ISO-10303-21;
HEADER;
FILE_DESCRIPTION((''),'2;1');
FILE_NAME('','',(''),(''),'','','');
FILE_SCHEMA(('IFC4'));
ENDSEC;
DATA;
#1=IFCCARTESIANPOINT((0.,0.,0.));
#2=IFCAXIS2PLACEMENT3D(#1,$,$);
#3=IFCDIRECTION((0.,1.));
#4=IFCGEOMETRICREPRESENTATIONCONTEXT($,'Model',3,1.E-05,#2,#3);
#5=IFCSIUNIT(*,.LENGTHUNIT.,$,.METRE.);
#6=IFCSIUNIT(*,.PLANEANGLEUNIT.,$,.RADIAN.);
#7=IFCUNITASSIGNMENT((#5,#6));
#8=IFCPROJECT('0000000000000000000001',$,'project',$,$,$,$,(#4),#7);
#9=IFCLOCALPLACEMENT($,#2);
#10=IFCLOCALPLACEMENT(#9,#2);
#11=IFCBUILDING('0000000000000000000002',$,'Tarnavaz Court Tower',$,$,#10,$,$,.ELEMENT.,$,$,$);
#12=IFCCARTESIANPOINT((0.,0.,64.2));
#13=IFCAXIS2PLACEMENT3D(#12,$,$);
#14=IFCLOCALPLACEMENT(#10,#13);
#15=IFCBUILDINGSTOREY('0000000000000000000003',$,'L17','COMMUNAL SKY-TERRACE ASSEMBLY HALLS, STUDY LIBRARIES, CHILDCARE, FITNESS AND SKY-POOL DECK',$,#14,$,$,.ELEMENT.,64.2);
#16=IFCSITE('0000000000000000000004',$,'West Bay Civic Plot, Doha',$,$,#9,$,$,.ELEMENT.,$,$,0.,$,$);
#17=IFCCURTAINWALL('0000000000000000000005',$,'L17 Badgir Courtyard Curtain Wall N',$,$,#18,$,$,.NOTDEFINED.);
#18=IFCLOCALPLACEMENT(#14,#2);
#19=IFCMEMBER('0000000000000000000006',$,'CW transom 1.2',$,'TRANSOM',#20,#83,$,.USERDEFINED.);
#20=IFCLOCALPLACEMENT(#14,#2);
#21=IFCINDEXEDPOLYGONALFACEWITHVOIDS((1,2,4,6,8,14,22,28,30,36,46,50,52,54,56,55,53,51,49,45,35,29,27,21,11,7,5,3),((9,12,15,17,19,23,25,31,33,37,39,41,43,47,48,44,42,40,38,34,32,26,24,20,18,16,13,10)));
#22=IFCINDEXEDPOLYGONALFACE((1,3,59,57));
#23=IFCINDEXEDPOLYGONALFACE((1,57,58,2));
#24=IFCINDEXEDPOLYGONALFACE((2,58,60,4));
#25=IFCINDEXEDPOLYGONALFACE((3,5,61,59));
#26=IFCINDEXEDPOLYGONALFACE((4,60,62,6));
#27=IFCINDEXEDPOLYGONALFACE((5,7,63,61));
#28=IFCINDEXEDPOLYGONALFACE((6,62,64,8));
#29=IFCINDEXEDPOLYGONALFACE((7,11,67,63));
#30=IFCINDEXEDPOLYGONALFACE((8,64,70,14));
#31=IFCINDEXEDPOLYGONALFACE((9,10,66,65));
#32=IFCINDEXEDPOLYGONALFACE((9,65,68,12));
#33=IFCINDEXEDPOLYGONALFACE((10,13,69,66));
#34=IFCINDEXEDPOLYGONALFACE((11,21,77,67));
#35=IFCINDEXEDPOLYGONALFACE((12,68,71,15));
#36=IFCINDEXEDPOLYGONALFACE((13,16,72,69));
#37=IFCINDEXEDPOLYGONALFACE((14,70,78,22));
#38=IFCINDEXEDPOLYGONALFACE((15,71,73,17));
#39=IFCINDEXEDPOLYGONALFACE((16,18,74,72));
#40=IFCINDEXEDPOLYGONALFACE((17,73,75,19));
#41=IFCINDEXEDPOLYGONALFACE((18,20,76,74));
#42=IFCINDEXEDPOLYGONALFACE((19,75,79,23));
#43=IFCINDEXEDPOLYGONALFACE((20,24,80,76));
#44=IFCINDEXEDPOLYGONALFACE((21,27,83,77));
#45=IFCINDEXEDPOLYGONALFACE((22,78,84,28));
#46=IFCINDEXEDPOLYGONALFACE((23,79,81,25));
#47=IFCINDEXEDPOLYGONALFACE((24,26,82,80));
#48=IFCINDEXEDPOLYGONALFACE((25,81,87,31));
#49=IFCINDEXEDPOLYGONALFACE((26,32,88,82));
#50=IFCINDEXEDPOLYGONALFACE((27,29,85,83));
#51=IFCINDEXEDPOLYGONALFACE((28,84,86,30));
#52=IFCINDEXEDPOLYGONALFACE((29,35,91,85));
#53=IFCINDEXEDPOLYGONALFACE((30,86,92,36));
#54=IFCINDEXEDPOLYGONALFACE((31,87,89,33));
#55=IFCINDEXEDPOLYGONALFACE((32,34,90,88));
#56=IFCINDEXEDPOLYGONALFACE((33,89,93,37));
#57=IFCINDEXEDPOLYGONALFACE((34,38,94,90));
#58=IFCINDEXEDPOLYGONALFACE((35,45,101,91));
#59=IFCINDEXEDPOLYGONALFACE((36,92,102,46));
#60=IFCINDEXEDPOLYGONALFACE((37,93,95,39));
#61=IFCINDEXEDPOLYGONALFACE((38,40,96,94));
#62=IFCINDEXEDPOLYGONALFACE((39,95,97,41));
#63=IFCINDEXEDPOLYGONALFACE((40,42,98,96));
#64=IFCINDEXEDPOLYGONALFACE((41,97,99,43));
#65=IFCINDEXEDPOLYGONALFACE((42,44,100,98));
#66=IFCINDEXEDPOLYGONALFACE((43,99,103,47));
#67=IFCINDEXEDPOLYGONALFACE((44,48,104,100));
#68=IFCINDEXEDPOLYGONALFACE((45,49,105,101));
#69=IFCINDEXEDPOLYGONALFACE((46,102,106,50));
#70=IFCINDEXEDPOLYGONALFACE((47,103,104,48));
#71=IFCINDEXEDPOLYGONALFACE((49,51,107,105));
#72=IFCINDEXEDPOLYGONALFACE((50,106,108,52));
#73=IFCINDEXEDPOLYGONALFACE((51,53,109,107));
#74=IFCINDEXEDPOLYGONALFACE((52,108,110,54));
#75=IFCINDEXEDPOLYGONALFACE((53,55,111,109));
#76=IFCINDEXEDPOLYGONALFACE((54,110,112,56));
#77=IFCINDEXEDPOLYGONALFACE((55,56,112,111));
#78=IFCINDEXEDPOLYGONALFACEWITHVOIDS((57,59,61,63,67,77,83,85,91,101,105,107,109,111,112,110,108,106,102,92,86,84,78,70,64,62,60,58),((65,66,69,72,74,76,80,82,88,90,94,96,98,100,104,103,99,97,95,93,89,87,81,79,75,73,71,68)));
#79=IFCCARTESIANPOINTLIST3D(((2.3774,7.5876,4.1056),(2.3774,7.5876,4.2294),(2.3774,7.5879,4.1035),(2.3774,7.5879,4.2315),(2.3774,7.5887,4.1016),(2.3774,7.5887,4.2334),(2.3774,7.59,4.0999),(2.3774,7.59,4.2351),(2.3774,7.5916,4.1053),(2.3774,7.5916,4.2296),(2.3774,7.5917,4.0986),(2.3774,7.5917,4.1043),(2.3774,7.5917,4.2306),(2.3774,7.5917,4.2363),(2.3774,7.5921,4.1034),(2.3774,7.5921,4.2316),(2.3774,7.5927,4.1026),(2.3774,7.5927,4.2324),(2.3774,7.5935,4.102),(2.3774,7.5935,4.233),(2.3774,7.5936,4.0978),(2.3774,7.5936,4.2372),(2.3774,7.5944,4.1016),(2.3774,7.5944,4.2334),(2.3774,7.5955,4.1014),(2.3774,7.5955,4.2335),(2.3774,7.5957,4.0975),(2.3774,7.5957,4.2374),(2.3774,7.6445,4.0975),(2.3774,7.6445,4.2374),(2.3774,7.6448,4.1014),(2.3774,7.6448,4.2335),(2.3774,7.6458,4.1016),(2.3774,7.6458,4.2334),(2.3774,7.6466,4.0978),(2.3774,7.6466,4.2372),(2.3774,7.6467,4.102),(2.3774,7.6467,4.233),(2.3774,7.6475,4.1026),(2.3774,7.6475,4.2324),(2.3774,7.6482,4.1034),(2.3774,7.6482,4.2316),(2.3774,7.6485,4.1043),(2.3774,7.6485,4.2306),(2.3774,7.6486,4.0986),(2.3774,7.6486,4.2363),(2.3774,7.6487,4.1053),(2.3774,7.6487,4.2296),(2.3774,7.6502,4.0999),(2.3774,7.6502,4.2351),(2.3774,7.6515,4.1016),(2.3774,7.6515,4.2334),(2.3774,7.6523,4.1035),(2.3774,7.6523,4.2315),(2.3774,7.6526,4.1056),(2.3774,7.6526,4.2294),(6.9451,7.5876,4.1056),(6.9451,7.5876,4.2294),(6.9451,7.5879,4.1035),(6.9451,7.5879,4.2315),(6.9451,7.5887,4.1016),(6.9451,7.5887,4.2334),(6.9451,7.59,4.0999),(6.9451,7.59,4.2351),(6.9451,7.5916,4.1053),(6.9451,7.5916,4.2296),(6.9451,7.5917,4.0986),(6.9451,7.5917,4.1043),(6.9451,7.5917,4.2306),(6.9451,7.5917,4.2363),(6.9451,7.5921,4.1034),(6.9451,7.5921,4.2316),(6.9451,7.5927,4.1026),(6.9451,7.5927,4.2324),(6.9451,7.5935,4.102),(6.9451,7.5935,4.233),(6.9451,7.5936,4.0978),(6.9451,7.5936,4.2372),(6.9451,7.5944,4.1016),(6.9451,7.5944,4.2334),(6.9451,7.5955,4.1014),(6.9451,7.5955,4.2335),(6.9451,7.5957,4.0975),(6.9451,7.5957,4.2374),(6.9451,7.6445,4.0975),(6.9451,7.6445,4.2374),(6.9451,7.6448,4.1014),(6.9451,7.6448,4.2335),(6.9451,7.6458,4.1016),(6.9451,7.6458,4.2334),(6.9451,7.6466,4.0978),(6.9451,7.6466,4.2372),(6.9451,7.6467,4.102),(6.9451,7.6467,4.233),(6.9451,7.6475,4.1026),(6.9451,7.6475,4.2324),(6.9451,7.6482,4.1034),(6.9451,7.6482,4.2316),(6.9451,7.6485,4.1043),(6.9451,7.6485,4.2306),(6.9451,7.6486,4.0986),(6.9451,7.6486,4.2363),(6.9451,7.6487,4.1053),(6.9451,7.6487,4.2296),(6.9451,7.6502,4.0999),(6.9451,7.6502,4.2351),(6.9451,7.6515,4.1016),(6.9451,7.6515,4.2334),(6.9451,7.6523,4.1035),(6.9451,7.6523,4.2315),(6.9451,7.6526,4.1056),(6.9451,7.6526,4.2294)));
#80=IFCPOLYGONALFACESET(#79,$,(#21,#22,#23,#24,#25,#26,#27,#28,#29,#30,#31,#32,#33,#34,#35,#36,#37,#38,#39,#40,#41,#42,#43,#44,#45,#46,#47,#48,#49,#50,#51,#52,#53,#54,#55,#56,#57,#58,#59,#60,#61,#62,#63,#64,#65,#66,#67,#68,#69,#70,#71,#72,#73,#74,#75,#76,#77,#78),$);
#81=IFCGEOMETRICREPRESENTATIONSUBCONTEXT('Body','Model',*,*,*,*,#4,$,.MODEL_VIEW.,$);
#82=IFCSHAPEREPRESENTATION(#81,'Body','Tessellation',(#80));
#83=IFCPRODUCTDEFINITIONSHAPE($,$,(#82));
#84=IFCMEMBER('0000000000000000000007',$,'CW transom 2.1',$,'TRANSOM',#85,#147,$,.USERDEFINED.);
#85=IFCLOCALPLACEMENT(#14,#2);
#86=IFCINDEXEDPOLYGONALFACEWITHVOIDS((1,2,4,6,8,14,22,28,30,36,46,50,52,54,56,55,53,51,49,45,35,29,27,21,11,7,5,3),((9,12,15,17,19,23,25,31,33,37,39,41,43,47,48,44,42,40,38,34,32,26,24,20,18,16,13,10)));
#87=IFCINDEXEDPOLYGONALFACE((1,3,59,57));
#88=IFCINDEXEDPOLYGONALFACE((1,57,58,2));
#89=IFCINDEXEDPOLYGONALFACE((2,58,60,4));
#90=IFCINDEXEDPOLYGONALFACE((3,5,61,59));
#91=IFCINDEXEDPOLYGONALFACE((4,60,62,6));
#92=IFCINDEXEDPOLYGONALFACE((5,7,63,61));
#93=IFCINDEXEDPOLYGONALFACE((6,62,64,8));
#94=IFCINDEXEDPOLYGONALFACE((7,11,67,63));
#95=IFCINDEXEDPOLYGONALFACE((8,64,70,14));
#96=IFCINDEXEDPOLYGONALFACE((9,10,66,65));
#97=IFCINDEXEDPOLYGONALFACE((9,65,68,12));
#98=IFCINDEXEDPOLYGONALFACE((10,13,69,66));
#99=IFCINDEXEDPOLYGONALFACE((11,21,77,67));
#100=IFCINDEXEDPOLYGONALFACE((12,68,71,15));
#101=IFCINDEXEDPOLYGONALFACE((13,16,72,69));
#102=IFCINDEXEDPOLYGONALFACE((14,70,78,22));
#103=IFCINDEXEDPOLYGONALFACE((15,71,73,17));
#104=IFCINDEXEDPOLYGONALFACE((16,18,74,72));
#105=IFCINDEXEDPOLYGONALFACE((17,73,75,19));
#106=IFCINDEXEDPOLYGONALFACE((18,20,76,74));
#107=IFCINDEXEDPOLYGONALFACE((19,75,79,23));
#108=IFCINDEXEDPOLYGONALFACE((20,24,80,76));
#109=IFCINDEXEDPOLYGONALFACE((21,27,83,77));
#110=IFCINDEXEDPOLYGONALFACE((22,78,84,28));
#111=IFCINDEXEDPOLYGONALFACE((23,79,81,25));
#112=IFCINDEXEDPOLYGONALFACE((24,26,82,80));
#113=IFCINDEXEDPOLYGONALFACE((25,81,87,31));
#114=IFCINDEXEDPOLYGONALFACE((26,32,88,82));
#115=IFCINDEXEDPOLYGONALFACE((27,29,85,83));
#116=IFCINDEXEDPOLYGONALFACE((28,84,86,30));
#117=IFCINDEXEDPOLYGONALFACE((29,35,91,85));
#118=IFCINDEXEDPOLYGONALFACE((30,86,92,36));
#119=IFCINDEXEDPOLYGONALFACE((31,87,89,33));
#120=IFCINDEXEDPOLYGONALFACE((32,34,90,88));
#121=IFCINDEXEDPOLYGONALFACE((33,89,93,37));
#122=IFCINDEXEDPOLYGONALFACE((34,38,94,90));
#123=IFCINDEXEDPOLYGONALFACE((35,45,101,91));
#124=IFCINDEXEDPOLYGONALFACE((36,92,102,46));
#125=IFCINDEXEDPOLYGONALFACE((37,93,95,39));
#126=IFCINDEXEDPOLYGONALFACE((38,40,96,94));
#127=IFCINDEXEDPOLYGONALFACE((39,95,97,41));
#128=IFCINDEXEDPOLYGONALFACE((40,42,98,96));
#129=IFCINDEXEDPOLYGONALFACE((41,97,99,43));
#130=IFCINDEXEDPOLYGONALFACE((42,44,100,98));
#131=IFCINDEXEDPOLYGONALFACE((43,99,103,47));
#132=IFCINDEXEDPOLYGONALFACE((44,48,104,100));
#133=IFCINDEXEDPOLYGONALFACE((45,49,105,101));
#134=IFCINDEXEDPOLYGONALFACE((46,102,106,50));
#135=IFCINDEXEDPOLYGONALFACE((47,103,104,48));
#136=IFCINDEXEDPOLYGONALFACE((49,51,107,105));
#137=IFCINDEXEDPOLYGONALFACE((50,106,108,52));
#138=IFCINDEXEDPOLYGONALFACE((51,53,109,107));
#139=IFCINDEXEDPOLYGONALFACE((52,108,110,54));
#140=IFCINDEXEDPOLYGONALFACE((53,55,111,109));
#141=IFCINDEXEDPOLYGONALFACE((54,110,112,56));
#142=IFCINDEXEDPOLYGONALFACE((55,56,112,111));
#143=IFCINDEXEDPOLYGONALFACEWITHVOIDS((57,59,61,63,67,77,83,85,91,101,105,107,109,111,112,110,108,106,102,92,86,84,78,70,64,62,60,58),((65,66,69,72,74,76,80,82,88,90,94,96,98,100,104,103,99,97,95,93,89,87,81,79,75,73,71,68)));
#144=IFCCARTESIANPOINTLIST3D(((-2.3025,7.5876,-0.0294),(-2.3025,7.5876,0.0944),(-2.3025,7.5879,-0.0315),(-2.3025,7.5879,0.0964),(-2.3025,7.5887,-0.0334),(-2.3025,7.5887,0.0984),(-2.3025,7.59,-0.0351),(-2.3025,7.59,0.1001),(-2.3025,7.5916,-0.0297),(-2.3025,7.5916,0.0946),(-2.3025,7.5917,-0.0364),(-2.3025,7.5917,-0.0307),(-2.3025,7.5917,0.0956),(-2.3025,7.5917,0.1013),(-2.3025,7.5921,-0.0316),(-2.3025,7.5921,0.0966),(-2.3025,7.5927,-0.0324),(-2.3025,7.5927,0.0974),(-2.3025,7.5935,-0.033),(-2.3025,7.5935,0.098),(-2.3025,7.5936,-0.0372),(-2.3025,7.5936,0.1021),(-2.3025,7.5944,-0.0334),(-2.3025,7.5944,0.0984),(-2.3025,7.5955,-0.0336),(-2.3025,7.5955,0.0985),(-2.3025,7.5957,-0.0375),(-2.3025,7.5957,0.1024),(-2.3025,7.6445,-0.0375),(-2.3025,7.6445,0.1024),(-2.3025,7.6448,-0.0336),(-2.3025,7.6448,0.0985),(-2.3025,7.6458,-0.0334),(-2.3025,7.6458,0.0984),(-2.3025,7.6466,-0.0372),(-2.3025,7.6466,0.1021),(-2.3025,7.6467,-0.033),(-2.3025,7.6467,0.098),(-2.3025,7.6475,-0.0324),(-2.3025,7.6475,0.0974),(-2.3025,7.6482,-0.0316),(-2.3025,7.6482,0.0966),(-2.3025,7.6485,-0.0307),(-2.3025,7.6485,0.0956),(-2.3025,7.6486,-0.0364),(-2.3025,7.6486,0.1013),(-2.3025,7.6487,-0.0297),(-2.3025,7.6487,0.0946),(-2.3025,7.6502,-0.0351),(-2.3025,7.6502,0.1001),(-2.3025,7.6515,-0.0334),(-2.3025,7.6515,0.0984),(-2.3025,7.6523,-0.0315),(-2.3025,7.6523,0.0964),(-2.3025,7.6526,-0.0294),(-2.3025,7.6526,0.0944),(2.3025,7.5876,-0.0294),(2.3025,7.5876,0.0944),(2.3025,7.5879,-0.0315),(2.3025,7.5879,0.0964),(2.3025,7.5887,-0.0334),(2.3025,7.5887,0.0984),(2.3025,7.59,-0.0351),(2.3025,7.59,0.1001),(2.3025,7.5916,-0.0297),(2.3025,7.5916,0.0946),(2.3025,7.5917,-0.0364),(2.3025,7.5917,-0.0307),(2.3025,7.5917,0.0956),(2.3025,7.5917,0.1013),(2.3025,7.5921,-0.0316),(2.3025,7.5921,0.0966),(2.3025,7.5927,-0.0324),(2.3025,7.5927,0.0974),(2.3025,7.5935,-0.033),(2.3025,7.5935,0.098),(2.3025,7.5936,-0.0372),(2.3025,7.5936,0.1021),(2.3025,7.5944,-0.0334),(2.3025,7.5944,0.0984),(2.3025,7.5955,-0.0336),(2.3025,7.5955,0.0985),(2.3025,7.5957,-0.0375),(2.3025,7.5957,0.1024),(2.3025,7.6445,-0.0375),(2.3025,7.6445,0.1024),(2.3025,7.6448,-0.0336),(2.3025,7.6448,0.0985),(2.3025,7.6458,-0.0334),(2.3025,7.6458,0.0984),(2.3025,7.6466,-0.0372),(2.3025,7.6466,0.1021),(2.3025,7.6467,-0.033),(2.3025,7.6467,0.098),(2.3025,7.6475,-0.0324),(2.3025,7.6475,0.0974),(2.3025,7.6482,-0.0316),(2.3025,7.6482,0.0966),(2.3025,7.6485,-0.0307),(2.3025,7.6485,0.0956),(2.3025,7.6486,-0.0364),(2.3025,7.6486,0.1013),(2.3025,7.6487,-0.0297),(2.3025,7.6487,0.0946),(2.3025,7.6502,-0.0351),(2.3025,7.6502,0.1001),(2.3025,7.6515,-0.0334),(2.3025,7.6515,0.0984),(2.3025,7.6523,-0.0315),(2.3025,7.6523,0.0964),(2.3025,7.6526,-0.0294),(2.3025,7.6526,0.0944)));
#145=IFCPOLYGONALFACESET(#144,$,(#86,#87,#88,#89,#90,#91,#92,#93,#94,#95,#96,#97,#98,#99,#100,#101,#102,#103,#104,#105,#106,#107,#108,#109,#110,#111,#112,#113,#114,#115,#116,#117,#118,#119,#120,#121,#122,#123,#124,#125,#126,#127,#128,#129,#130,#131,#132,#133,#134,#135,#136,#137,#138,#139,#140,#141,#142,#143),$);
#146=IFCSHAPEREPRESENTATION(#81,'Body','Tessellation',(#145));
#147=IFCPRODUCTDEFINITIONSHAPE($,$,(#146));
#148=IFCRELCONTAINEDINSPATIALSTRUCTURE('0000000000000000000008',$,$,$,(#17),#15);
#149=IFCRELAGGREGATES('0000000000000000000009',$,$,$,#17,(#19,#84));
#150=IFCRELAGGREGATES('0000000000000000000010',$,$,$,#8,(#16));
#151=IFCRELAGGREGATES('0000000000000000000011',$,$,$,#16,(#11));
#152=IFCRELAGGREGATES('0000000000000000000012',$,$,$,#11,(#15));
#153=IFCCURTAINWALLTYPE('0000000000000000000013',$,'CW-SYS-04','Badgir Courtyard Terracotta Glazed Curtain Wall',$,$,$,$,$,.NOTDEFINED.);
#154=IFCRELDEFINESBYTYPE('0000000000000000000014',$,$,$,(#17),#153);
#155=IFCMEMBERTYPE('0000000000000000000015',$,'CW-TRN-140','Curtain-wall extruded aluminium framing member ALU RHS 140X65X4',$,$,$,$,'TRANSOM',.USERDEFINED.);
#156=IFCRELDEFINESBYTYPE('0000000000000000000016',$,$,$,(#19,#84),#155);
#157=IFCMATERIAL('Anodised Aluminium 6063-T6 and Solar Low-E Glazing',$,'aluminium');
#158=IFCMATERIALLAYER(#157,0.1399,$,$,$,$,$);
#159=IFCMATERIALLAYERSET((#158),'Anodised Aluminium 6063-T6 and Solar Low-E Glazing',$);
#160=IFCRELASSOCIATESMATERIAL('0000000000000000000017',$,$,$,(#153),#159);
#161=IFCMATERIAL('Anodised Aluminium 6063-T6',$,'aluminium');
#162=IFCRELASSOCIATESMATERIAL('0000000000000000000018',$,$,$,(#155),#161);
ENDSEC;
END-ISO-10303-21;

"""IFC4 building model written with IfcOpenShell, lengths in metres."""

from ifc_helpers import new_model, si_unit, direction, frame, origin, origin_2d, place, context, subcontext, project, spatial, hollow_rectangle, extrude, material, layer, layer_set, material_profile, profile_set, type_object, element, aggregate, save


model = new_model("IFC4")

# Units and contexts
model_context = context("Model", 3, precision=1e-05, world=origin(), true_north=direction((0.0, 1.0)))
body_context = subcontext(model_context, "Body", "Model", "MODEL_VIEW")
ifc_project = project(units=[si_unit("LENGTHUNIT", "METRE"), si_unit("PLANEANGLEUNIT", "RADIAN")], contexts=[model_context])

# Site, building, storey
site_placement = place(None, origin())
site = spatial("IfcSite", under=ifc_project, at=site_placement, Name="West Bay Civic Plot, Doha", CompositionType="ELEMENT", RefElevation=0.0)
building_placement = place(site_placement, origin())
building = spatial("IfcBuilding", under=site, at=building_placement, Name="Tarnavaz Court Tower", CompositionType="ELEMENT")
storey_placement = place(building_placement, frame((0.0, 0.0, 64.2)))
storey = spatial("IfcBuildingStorey", under=building, at=storey_placement, Name="L17", Description="COMMUNAL SKY-TERRACE ASSEMBLY HALLS, STUDY LIBRARIES, CHILDCARE, FITNESS AND SKY-POOL DECK", CompositionType="ELEMENT", Elevation=64.2)

# Curtain wall, members
ifc_material_1 = material(Name="Anodised Aluminium 6063-T6 and Solar Low-E Glazing", Category="aluminium")
ifc_layer_1 = layer(ifc_material_1, 0.1399)
ifc_layer_set_1 = layer_set([ifc_layer_1], Name="Anodised Aluminium 6063-T6 and Solar Low-E Glazing")
curtain_wall_type = type_object("IfcCurtainWallType", Name="CW-SYS-04", Description="Badgir Courtyard Terracotta Glazed Curtain Wall", PredefinedType="NOTDEFINED", material=ifc_layer_set_1)
curtain_wall_placement = place(storey_placement, origin())
curtain_wall = element("IfcCurtainWall", 1, at=curtain_wall_placement, inside=storey, type_object=curtain_wall_type, Name="L17 Badgir Courtyard Curtain Wall N", PredefinedType="NOTDEFINED")
ifc_material_2 = material(Name="Anodised Aluminium 6063-T6", Category="aluminium")
ifc_material_profile_1 = material_profile(ifc_material_2, hollow_rectangle(XDim=0.0649, YDim=0.1399, WallThickness=0.0039, InnerFilletRadius=0.0039, OuterFilletRadius=0.0081, at=origin_2d()), Name="ALU RHS 140X65X4")
ifc_profile_set_1 = profile_set([ifc_material_profile_1], Name="Anodised Aluminium 6063-T6")
member_type_1 = type_object("IfcMemberType", Name="CW-TRN-140", Description="Curtain-wall extruded aluminium framing member ALU RHS 140X65X4", ElementType="TRANSOM", PredefinedType="USERDEFINED", material=ifc_profile_set_1)
member_1_placement = place(storey_placement, frame((6.9451, 7.6201, 4.1675), z_axis=(-1.0, 0.0, 0.0), x_axis=(0.0, -1.0, 0.0)))
member_1 = element("IfcMember", 2, at=member_1_placement, type_object=member_type_1, Name="CW transom 1.2", ObjectType="TRANSOM", PredefinedType="USERDEFINED", context=body_context, shape_type="SweptSolid", body=[
    extrude(hollow_rectangle(XDim=0.0649, YDim=0.1399, WallThickness=0.0039, InnerFilletRadius=0.0039, OuterFilletRadius=0.0081, at=origin_2d()), origin(), (0.0, 0.0, 1.0), 4.5676),
])
member_2_placement = place(storey_placement, frame((2.3025, 7.6201, 0.0325), z_axis=(-1.0, 0.0, 0.0), x_axis=(0.0, -1.0, 0.0)))
member_2 = element("IfcMember", 3, at=member_2_placement, type_object=member_type_1, Name="CW transom 2.1", ObjectType="TRANSOM", PredefinedType="USERDEFINED", context=body_context, shape_type="SweptSolid", body=[
    extrude(hollow_rectangle(XDim=0.0649, YDim=0.1399, WallThickness=0.0039, InnerFilletRadius=0.0039, OuterFilletRadius=0.0081, at=origin_2d()), origin(), (0.0, 0.0, 1.0), 4.605),
])
aggregate(curtain_wall, [member_1, member_2])

save(model, "model.ifc")
